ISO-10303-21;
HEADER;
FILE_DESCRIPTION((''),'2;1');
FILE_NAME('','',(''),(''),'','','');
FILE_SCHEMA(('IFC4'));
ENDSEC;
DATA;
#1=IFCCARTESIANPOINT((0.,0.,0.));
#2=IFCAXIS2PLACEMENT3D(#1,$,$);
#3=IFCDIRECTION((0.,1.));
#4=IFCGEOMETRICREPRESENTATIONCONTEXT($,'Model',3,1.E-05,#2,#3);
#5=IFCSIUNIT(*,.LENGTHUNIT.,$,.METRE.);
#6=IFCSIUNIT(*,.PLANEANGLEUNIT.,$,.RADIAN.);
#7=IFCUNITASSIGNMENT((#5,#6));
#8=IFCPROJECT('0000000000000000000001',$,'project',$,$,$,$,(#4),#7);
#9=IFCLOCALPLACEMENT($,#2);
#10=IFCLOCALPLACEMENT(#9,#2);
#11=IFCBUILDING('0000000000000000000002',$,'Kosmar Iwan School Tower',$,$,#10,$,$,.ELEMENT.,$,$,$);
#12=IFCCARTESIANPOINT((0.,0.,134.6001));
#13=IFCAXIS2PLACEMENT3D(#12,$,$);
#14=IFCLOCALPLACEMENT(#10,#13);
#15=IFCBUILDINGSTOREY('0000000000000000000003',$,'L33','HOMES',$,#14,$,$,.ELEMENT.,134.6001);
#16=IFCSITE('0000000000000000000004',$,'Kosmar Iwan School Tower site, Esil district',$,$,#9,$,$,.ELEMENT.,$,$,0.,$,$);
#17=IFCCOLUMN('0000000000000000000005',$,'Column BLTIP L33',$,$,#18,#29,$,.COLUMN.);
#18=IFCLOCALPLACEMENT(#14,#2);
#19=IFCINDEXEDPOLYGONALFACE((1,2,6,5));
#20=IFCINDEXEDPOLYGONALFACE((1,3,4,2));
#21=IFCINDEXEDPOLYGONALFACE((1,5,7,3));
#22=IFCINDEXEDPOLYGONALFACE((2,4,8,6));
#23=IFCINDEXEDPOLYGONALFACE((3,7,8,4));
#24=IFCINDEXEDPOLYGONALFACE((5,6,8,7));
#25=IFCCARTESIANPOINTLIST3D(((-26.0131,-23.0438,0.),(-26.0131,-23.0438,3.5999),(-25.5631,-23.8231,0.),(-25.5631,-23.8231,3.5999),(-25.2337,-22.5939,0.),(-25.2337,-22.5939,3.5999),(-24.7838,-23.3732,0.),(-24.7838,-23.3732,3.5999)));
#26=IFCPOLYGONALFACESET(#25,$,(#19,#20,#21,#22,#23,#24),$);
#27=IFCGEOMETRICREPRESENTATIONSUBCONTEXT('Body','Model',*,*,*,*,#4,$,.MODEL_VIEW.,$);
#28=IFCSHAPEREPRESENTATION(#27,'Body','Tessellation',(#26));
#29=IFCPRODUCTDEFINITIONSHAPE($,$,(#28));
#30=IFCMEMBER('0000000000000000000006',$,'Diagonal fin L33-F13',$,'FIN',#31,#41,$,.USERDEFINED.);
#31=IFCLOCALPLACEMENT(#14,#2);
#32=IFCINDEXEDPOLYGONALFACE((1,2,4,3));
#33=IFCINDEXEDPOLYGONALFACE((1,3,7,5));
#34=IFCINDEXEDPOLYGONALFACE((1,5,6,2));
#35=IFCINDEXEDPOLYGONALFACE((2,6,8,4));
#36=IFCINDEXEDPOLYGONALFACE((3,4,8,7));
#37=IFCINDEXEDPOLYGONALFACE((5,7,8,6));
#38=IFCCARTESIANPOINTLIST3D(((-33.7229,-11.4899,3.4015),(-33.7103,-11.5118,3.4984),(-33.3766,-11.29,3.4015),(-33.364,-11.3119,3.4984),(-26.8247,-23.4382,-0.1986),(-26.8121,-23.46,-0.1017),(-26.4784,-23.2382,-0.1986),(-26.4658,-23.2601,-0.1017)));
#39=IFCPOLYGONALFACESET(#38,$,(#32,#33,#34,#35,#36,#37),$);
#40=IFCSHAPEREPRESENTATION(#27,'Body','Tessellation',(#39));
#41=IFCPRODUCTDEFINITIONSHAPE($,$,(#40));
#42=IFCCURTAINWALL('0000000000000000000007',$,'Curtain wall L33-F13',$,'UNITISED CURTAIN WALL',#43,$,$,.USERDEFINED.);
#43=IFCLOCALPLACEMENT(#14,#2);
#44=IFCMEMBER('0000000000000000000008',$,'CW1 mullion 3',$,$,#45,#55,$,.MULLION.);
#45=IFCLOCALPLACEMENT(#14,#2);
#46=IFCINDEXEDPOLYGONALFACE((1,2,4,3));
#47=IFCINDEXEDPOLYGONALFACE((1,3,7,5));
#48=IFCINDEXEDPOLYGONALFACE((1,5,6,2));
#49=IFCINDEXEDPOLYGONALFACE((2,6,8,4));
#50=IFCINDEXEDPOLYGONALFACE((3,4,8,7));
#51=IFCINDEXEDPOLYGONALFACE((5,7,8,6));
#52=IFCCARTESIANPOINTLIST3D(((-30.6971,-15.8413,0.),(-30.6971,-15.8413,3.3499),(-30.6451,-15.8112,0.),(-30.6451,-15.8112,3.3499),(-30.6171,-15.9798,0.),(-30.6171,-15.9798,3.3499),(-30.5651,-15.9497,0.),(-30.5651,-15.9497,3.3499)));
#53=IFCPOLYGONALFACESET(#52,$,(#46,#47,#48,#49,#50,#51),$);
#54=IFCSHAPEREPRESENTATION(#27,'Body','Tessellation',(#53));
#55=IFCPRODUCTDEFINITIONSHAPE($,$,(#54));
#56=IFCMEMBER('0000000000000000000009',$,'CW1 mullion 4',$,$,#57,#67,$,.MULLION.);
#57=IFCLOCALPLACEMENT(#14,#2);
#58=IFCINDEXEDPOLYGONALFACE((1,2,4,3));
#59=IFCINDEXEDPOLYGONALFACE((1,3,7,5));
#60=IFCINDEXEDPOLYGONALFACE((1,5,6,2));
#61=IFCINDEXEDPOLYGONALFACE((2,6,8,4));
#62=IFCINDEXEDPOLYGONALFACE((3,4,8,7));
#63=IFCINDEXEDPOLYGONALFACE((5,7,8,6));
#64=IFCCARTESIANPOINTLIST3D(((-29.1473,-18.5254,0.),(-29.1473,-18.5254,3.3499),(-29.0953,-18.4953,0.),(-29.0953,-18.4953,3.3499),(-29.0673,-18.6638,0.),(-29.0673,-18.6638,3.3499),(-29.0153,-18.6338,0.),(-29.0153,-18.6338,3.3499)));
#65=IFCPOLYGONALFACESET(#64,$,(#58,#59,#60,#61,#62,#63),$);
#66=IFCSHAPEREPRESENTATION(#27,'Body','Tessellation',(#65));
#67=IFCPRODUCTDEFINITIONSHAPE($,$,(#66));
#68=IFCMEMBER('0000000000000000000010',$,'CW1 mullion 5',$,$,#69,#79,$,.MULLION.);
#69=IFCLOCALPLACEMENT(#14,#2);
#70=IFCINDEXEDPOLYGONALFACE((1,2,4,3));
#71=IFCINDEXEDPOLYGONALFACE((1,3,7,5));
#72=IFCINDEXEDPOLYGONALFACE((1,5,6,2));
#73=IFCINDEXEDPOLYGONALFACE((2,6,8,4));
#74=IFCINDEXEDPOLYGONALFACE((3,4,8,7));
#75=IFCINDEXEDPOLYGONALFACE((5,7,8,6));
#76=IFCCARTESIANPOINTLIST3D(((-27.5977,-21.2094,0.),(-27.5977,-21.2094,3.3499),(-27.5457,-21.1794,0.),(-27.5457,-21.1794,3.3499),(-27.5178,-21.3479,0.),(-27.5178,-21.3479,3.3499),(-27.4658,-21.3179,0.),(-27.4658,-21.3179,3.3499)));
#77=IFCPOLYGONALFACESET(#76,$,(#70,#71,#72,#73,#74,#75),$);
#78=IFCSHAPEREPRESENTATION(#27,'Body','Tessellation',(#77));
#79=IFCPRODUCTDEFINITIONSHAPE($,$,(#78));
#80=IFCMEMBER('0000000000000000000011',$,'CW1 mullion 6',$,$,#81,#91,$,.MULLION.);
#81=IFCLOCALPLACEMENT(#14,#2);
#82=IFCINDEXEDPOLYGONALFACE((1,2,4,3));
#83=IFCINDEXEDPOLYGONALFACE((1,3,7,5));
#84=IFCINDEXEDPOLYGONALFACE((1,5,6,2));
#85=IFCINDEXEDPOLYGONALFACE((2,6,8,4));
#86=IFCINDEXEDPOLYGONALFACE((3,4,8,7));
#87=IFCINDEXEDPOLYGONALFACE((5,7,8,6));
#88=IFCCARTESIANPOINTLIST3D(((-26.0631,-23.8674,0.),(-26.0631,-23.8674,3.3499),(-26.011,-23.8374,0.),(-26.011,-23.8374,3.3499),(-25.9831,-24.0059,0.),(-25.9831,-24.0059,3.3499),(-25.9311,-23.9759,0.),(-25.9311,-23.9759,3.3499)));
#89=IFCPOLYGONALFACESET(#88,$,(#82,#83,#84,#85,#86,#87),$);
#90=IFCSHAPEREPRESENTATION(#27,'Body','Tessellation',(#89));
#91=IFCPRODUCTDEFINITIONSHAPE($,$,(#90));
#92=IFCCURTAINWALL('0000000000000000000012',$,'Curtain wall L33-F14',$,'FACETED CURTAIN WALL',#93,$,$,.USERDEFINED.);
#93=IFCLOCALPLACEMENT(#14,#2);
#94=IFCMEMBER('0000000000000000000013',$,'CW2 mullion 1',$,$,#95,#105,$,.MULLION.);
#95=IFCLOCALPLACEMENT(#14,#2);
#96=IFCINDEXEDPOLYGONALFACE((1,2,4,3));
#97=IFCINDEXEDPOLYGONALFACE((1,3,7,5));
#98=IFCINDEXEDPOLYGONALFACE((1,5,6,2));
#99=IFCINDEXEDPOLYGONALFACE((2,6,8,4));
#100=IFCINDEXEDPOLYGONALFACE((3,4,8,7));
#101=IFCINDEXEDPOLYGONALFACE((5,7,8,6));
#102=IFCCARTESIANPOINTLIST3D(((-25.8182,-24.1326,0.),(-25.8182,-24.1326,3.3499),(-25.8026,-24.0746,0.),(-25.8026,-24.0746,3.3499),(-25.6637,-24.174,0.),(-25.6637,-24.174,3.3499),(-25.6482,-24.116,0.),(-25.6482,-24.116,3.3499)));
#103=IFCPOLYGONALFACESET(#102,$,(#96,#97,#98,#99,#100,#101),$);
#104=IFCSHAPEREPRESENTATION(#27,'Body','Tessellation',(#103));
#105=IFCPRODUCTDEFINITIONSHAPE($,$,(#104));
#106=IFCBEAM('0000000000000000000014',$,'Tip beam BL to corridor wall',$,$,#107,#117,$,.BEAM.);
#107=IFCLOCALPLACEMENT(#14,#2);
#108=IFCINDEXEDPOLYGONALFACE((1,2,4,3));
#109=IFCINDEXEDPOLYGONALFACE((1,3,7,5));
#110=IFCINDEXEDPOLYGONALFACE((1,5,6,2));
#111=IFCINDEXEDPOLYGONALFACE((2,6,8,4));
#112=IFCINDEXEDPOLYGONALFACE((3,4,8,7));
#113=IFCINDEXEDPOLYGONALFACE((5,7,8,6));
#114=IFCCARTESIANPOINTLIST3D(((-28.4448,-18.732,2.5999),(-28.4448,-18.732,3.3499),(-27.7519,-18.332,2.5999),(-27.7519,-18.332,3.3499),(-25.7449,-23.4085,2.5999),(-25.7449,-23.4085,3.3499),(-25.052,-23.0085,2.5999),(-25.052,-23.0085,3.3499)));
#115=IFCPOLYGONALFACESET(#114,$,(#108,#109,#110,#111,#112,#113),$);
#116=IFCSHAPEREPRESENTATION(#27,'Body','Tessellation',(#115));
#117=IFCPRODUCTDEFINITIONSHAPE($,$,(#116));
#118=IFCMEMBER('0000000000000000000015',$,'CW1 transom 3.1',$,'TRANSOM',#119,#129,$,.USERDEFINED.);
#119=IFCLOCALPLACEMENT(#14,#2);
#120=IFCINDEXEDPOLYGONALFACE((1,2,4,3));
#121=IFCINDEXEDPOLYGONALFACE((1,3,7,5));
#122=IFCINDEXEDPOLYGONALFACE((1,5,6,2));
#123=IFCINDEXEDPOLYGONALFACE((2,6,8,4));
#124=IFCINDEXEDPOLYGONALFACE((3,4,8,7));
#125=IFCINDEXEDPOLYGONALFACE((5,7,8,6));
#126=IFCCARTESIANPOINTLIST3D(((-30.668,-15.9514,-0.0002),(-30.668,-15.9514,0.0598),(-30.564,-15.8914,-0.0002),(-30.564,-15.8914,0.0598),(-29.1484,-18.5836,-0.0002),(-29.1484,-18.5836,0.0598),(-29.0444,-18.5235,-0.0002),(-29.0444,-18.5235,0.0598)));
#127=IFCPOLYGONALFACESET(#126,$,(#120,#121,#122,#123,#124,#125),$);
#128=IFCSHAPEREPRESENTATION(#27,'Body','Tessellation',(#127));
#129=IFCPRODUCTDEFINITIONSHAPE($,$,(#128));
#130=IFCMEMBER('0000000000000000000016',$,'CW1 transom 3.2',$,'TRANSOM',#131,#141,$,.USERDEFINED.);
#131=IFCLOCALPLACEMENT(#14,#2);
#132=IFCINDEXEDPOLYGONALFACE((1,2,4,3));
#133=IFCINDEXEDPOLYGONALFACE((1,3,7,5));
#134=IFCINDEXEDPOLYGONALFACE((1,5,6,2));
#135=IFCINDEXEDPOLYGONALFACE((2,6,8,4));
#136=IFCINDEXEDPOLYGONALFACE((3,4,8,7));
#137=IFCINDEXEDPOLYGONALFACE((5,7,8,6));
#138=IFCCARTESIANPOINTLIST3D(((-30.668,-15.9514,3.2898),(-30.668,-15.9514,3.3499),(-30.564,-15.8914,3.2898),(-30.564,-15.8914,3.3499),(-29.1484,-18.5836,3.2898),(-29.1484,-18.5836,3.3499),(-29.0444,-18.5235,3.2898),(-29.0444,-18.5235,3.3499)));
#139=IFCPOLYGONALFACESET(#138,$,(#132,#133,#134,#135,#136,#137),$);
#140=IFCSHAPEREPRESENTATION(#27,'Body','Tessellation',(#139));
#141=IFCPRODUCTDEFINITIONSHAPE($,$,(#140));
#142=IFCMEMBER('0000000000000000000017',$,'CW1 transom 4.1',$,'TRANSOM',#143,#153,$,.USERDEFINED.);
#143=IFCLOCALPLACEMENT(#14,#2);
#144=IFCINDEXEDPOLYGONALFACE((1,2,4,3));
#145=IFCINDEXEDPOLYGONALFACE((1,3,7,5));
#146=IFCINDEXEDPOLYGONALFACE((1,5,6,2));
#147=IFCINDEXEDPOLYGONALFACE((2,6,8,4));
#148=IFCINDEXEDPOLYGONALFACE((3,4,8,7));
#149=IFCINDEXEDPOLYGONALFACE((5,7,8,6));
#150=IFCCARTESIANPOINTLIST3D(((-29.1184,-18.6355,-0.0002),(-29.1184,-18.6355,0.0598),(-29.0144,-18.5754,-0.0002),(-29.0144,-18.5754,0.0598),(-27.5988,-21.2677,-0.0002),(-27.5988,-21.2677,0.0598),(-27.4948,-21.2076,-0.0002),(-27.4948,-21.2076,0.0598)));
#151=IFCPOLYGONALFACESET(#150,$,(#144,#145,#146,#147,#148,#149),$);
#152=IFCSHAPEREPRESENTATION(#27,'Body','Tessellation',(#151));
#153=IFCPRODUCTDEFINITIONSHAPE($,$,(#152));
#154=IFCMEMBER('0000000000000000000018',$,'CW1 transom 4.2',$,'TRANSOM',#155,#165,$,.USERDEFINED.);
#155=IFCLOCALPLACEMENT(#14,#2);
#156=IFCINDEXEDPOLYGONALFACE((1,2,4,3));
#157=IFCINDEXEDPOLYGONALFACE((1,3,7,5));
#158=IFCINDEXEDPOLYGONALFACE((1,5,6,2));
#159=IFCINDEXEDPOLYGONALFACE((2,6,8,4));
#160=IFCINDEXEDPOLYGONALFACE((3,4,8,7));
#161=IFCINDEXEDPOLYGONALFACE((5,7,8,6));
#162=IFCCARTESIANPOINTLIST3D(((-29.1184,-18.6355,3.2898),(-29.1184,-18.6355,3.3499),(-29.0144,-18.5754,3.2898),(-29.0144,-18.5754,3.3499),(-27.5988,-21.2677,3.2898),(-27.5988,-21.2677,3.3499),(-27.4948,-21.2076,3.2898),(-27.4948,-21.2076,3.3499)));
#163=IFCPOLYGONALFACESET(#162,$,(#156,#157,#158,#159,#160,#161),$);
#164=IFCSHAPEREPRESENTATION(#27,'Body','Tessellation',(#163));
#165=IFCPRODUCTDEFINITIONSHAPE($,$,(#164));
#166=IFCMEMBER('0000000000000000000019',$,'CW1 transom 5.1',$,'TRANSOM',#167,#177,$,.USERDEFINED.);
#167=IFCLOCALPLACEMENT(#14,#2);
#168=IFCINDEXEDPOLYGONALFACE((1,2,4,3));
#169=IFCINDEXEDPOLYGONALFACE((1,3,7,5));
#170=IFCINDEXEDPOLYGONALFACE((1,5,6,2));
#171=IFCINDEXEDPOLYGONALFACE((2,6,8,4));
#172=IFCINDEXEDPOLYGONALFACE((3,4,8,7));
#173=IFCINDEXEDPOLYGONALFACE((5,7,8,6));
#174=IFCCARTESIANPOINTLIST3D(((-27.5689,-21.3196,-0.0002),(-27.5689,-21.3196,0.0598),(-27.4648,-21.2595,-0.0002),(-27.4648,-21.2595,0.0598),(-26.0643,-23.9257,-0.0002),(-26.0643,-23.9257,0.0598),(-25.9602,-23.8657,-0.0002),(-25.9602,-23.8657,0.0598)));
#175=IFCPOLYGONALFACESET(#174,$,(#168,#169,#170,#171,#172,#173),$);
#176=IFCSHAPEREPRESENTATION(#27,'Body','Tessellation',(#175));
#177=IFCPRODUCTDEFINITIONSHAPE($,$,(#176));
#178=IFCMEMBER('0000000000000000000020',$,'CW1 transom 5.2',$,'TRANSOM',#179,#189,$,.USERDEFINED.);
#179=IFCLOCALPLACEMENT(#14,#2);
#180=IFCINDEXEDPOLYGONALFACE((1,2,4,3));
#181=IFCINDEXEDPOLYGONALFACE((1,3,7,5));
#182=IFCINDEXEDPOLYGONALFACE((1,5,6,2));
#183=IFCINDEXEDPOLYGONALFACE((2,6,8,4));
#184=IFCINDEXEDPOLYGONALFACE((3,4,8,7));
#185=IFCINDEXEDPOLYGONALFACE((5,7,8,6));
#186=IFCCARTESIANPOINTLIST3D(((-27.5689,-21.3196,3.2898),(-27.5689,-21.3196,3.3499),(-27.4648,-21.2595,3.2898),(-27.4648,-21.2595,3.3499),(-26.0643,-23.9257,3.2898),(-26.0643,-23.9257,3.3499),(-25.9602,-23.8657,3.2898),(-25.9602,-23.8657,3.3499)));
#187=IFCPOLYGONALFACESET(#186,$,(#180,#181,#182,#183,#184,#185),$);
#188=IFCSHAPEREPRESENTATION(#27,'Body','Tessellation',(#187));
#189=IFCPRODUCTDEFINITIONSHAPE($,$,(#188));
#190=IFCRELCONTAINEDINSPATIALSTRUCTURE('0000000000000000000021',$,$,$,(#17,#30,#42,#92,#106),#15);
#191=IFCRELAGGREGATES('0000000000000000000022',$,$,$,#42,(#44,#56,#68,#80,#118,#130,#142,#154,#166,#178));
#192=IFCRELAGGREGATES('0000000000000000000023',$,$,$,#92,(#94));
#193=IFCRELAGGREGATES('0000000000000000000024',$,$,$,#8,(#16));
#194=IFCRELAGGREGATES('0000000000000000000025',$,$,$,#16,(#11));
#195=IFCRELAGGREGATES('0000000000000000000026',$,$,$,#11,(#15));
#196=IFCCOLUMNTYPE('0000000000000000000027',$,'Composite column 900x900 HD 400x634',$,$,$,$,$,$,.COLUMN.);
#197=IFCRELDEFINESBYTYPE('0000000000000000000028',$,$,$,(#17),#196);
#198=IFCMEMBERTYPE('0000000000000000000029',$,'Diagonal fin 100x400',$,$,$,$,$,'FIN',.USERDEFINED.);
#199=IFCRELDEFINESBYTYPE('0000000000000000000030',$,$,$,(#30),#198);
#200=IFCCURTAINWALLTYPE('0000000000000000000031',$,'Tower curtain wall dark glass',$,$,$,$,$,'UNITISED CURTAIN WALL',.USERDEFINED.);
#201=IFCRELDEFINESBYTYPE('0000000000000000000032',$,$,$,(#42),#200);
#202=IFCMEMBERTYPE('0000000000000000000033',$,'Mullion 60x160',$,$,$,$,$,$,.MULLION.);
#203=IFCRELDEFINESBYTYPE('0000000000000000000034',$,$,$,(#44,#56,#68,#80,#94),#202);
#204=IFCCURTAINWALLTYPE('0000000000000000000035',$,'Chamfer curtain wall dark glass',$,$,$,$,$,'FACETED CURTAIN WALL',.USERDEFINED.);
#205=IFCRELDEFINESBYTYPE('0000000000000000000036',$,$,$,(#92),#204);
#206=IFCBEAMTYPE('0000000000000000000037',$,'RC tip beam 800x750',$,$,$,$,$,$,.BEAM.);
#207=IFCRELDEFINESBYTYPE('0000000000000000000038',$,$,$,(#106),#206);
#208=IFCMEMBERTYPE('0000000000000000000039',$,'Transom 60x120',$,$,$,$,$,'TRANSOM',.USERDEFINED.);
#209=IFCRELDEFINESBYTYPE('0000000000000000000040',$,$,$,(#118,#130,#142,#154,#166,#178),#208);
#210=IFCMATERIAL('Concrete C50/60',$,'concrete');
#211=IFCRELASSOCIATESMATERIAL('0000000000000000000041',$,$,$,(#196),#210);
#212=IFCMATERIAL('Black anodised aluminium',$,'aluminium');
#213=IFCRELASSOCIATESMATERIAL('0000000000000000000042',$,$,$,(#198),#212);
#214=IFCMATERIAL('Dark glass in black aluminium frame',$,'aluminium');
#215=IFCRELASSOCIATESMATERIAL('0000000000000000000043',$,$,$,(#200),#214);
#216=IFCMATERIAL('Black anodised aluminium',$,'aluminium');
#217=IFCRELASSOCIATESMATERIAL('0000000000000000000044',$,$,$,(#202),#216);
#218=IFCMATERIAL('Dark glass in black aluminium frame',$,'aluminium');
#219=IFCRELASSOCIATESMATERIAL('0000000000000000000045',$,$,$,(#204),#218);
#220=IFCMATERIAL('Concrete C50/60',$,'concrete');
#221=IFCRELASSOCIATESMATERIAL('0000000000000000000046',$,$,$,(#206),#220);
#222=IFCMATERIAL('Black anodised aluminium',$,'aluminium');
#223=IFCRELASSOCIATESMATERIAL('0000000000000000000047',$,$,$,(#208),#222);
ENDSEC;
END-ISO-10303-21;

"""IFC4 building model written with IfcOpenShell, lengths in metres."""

from ifc_helpers import new_model, si_unit, direction, frame, origin, origin_2d, place, context, subcontext, project, spatial, rectangle, extrude, material, material_profile, profile_set, type_object, element, aggregate, save


model = new_model("IFC4")

# Units and contexts
model_context = context("Model", 3, precision=1e-05, world=origin(), true_north=direction((0.0, 1.0)))
body_context = subcontext(model_context, "Body", "Model", "MODEL_VIEW")
ifc_project = project(units=[si_unit("LENGTHUNIT", "METRE"), si_unit("PLANEANGLEUNIT", "RADIAN")], contexts=[model_context])

# Site, building, storey
site_placement = place(None, origin())
site = spatial("IfcSite", under=ifc_project, at=site_placement, Name="Kosmar Iwan School Tower site, Esil district", CompositionType="ELEMENT", RefElevation=0.0)
building_placement = place(site_placement, origin())
building = spatial("IfcBuilding", under=site, at=building_placement, Name="Kosmar Iwan School Tower", CompositionType="ELEMENT")
storey_placement = place(building_placement, frame((0.0, 0.0, 134.6001)))
storey = spatial("IfcBuildingStorey", under=building, at=storey_placement, Name="L33", Description="HOMES", CompositionType="ELEMENT", Elevation=134.6001)

# Column
ifc_material_1 = material(Name="Concrete C50/60", Category="concrete")
ifc_material_profile_1 = material_profile(ifc_material_1, rectangle(XDim=0.8999, YDim=0.8999, at=origin_2d()), Name="RC 900x900 + HD 400x634")
ifc_profile_set_1 = profile_set([ifc_material_profile_1], Name="Concrete C50/60")
column_type = type_object("IfcColumnType", Name="Composite column 900x900 HD 400x634", PredefinedType="COLUMN", material=ifc_profile_set_1)
column_placement = place(storey_placement, frame((-25.3984, -23.2085, 0.0), z_axis=(0.0, 0.0, 1.0), x_axis=(-0.866025, -0.5, 0.0)))
element("IfcColumn", 1, at=column_placement, inside=storey, type_object=column_type, Name="Column BLTIP L33", PredefinedType="COLUMN", context=body_context, shape_type="SweptSolid", body=[
    extrude(rectangle(XDim=0.8999, YDim=0.8999, at=origin_2d()), origin(), (0.0, 0.0, 1.0), 3.5999),
])

# Member
ifc_material_2 = material(Name="Black anodised aluminium", Category="aluminium")
ifc_material_profile_2 = material_profile(ifc_material_2, rectangle(XDim=0.1001, YDim=0.3999, at=origin_2d()), Name="FIN 100x400")
ifc_profile_set_2 = profile_set([ifc_material_profile_2], Name="Black anodised aluminium")
member_type_1 = type_object("IfcMemberType", Name="Diagonal fin 100x400", ElementType="FIN", PredefinedType="USERDEFINED", material=ifc_profile_set_2)
member_1_placement = place(storey_placement, frame((-26.6453, -23.3491, -0.1501), z_axis=(-0.483793, 0.83797, 0.252487), x_axis=(0.126242, -0.218661, 0.9676)))
element("IfcMember", 2, at=member_1_placement, inside=storey, type_object=member_type_1, Name="Diagonal fin L33-F13", ObjectType="FIN", PredefinedType="USERDEFINED", context=body_context, shape_type="SweptSolid", body=[
    extrude(rectangle(XDim=0.1001, YDim=0.3999, at=origin_2d()), origin(), (0.0, 0.0, 1.0), 14.2585),
])

# Curtain wall, members
ifc_material_3 = material(Name="Dark glass in black aluminium frame", Category="aluminium")
curtain_wall_type_1 = type_object("IfcCurtainWallType", Name="Tower curtain wall dark glass", ElementType="UNITISED CURTAIN WALL", PredefinedType="USERDEFINED", material=ifc_material_3)
curtain_wall_1_placement = place(storey_placement, origin())
curtain_wall_1 = element("IfcCurtainWall", 3, at=curtain_wall_1_placement, inside=storey, type_object=curtain_wall_type_1, Name="Curtain wall L33-F13", ObjectType="UNITISED CURTAIN WALL", PredefinedType="USERDEFINED")
ifc_material_4 = material(Name="Black anodised aluminium", Category="aluminium")
ifc_material_profile_3 = material_profile(ifc_material_4, rectangle(XDim=0.0601, YDim=0.1599, at=origin_2d()), Name="MULLION 60x160")
ifc_profile_set_3 = profile_set([ifc_material_profile_3], Name="Black anodised aluminium")
member_type_2 = type_object("IfcMemberType", Name="Mullion 60x160", PredefinedType="MULLION", material=ifc_profile_set_3)
member_2_placement = place(storey_placement, frame((-30.6311, -15.8955, 0.0), z_axis=(0.0, 0.0, 1.0), x_axis=(0.866025, 0.5, 0.0)))
member_2 = element("IfcMember", 4, at=member_2_placement, type_object=member_type_2, Name="CW1 mullion 3", PredefinedType="MULLION", context=body_context, shape_type="SweptSolid", body=[
    extrude(rectangle(XDim=0.0601, YDim=0.1599, at=origin_2d()), origin(), (0.0, 0.0, 1.0), 3.3499),
])
member_3_placement = place(storey_placement, frame((-29.0813, -18.5796, 0.0), z_axis=(0.0, 0.0, 1.0), x_axis=(0.866025, 0.5, 0.0)))
member_3 = element("IfcMember", 5, at=member_3_placement, type_object=member_type_2, Name="CW1 mullion 4", PredefinedType="MULLION", context=body_context, shape_type="SweptSolid", body=[
    extrude(rectangle(XDim=0.0601, YDim=0.1599, at=origin_2d()), origin(), (0.0, 0.0, 1.0), 3.3499),
])
member_4_placement = place(storey_placement, frame((-27.5317, -21.2637, 0.0), z_axis=(0.0, 0.0, 1.0), x_axis=(0.866025, 0.5, 0.0)))
member_4 = element("IfcMember", 6, at=member_4_placement, type_object=member_type_2, Name="CW1 mullion 5", PredefinedType="MULLION", context=body_context, shape_type="SweptSolid", body=[
    extrude(rectangle(XDim=0.0601, YDim=0.1599, at=origin_2d()), origin(), (0.0, 0.0, 1.0), 3.3499),
])
member_5_placement = place(storey_placement, frame((-25.9971, -23.9216, 0.0), z_axis=(0.0, 0.0, 1.0), x_axis=(0.866025, 0.5, 0.0)))
member_5 = element("IfcMember", 7, at=member_5_placement, type_object=member_type_2, Name="CW1 mullion 6", PredefinedType="MULLION", context=body_context, shape_type="SweptSolid", body=[
    extrude(rectangle(XDim=0.0601, YDim=0.1599, at=origin_2d()), origin(), (0.0, 0.0, 1.0), 3.3499),
])

# Curtain wall, member
ifc_material_5 = material(Name="Dark glass in black aluminium frame", Category="aluminium")
curtain_wall_type_2 = type_object("IfcCurtainWallType", Name="Chamfer curtain wall dark glass", ElementType="FACETED CURTAIN WALL", PredefinedType="USERDEFINED", material=ifc_material_5)
curtain_wall_2_placement = place(storey_placement, origin())
curtain_wall_2 = element("IfcCurtainWall", 8, at=curtain_wall_2_placement, inside=storey, type_object=curtain_wall_type_2, Name="Curtain wall L33-F14", ObjectType="FACETED CURTAIN WALL", PredefinedType="USERDEFINED")
member_6_placement = place(storey_placement, frame((-25.7332, -24.1243, 0.0), z_axis=(0.0, 0.0, 1.0), x_axis=(0.258819, 0.965926, 0.0)))
member_6 = element("IfcMember", 9, at=member_6_placement, type_object=member_type_2, Name="CW2 mullion 1", PredefinedType="MULLION", context=body_context, shape_type="SweptSolid", body=[
    extrude(rectangle(XDim=0.0601, YDim=0.1599, at=origin_2d()), origin(), (0.0, 0.0, 1.0), 3.3499),
])

# Beam
ifc_material_6 = material(Name="Concrete C50/60", Category="concrete")
ifc_material_profile_4 = material_profile(ifc_material_6, rectangle(XDim=0.8, YDim=0.75, at=origin_2d()), Name="RC 800x750")
ifc_profile_set_4 = profile_set([ifc_material_profile_4], Name="Concrete C50/60")
beam_type = type_object("IfcBeamType", Name="RC tip beam 800x750", PredefinedType="BEAM", material=ifc_profile_set_4)
beam_placement = place(storey_placement, frame((-25.3984, -23.2085, 2.9749), z_axis=(-0.499995, 0.866028, 0.0), x_axis=(-0.866028, -0.499995, 0.0)))
element("IfcBeam", 10, at=beam_placement, inside=storey, type_object=beam_type, Name="Tip beam BL to corridor wall", PredefinedType="BEAM", context=body_context, shape_type="SweptSolid", body=[
    extrude(rectangle(XDim=0.8, YDim=0.75, at=origin_2d()), origin(), (0.0, 0.0, 1.0), 5.3999),
])

# Members
ifc_material_7 = material(Name="Black anodised aluminium", Category="aluminium")
ifc_material_profile_5 = material_profile(ifc_material_7, rectangle(XDim=0.1201, YDim=0.0601, at=origin_2d()), Name="TRANSOM 60x120")
ifc_profile_set_5 = profile_set([ifc_material_profile_5], Name="Black anodised aluminium")
member_type_3 = type_object("IfcMemberType", Name="Transom 60x120", ElementType="TRANSOM", PredefinedType="USERDEFINED", material=ifc_profile_set_5)
member_7_placement = place(storey_placement, frame((-30.616, -15.9214, 0.0298), z_axis=(0.499975, -0.86604, 0.0), x_axis=(0.86604, 0.499975, 0.0)))
member_7 = element("IfcMember", 11, at=member_7_placement, type_object=member_type_3, Name="CW1 transom 3.1", ObjectType="TRANSOM", PredefinedType="USERDEFINED", context=body_context, shape_type="SweptSolid", body=[
    extrude(rectangle(XDim=0.1201, YDim=0.0601, at=origin_2d()), origin(), (0.0, 0.0, 1.0), 3.0393),
])
member_8_placement = place(storey_placement, frame((-30.616, -15.9214, 3.3198), z_axis=(0.499975, -0.86604, 0.0), x_axis=(0.86604, 0.499975, 0.0)))
member_8 = element("IfcMember", 12, at=member_8_placement, type_object=member_type_3, Name="CW1 transom 3.2", ObjectType="TRANSOM", PredefinedType="USERDEFINED", context=body_context, shape_type="SweptSolid", body=[
    extrude(rectangle(XDim=0.1201, YDim=0.0601, at=origin_2d()), origin(), (0.0, 0.0, 1.0), 3.0393),
])
member_9_placement = place(storey_placement, frame((-29.0664, -18.6055, 0.0298), z_axis=(0.499975, -0.86604, 0.0), x_axis=(0.86604, 0.499975, 0.0)))
member_9 = element("IfcMember", 13, at=member_9_placement, type_object=member_type_3, Name="CW1 transom 4.1", ObjectType="TRANSOM", PredefinedType="USERDEFINED", context=body_context, shape_type="SweptSolid", body=[
    extrude(rectangle(XDim=0.1201, YDim=0.0601, at=origin_2d()), origin(), (0.0, 0.0, 1.0), 3.0393),
])
member_10_placement = place(storey_placement, frame((-29.0664, -18.6055, 3.3198), z_axis=(0.499975, -0.86604, 0.0), x_axis=(0.86604, 0.499975, 0.0)))
member_10 = element("IfcMember", 14, at=member_10_placement, type_object=member_type_3, Name="CW1 transom 4.2", ObjectType="TRANSOM", PredefinedType="USERDEFINED", context=body_context, shape_type="SweptSolid", body=[
    extrude(rectangle(XDim=0.1201, YDim=0.0601, at=origin_2d()), origin(), (0.0, 0.0, 1.0), 3.0393),
])
member_11_placement = place(storey_placement, frame((-27.5168, -21.2896, 0.0298), z_axis=(0.499987, -0.866033, 0.0), x_axis=(0.866033, 0.499987, 0.0)))
member_11 = element("IfcMember", 15, at=member_11_placement, type_object=member_type_3, Name="CW1 transom 5.1", ObjectType="TRANSOM", PredefinedType="USERDEFINED", context=body_context, shape_type="SweptSolid", body=[
    extrude(rectangle(XDim=0.1201, YDim=0.0601, at=origin_2d()), origin(), (0.0, 0.0, 1.0), 3.0093),
])
member_12_placement = place(storey_placement, frame((-27.5168, -21.2896, 3.3198), z_axis=(0.499987, -0.866033, 0.0), x_axis=(0.866033, 0.499987, 0.0)))
member_12 = element("IfcMember", 16, at=member_12_placement, type_object=member_type_3, Name="CW1 transom 5.2", ObjectType="TRANSOM", PredefinedType="USERDEFINED", context=body_context, shape_type="SweptSolid", body=[
    extrude(rectangle(XDim=0.1201, YDim=0.0601, at=origin_2d()), origin(), (0.0, 0.0, 1.0), 3.0093),
])

aggregate(curtain_wall_1, [member_2, member_3, member_4, member_5, member_7, member_8, member_9, member_10, member_11, member_12])
aggregate(curtain_wall_2, [member_6])

save(model, "model.ifc")
